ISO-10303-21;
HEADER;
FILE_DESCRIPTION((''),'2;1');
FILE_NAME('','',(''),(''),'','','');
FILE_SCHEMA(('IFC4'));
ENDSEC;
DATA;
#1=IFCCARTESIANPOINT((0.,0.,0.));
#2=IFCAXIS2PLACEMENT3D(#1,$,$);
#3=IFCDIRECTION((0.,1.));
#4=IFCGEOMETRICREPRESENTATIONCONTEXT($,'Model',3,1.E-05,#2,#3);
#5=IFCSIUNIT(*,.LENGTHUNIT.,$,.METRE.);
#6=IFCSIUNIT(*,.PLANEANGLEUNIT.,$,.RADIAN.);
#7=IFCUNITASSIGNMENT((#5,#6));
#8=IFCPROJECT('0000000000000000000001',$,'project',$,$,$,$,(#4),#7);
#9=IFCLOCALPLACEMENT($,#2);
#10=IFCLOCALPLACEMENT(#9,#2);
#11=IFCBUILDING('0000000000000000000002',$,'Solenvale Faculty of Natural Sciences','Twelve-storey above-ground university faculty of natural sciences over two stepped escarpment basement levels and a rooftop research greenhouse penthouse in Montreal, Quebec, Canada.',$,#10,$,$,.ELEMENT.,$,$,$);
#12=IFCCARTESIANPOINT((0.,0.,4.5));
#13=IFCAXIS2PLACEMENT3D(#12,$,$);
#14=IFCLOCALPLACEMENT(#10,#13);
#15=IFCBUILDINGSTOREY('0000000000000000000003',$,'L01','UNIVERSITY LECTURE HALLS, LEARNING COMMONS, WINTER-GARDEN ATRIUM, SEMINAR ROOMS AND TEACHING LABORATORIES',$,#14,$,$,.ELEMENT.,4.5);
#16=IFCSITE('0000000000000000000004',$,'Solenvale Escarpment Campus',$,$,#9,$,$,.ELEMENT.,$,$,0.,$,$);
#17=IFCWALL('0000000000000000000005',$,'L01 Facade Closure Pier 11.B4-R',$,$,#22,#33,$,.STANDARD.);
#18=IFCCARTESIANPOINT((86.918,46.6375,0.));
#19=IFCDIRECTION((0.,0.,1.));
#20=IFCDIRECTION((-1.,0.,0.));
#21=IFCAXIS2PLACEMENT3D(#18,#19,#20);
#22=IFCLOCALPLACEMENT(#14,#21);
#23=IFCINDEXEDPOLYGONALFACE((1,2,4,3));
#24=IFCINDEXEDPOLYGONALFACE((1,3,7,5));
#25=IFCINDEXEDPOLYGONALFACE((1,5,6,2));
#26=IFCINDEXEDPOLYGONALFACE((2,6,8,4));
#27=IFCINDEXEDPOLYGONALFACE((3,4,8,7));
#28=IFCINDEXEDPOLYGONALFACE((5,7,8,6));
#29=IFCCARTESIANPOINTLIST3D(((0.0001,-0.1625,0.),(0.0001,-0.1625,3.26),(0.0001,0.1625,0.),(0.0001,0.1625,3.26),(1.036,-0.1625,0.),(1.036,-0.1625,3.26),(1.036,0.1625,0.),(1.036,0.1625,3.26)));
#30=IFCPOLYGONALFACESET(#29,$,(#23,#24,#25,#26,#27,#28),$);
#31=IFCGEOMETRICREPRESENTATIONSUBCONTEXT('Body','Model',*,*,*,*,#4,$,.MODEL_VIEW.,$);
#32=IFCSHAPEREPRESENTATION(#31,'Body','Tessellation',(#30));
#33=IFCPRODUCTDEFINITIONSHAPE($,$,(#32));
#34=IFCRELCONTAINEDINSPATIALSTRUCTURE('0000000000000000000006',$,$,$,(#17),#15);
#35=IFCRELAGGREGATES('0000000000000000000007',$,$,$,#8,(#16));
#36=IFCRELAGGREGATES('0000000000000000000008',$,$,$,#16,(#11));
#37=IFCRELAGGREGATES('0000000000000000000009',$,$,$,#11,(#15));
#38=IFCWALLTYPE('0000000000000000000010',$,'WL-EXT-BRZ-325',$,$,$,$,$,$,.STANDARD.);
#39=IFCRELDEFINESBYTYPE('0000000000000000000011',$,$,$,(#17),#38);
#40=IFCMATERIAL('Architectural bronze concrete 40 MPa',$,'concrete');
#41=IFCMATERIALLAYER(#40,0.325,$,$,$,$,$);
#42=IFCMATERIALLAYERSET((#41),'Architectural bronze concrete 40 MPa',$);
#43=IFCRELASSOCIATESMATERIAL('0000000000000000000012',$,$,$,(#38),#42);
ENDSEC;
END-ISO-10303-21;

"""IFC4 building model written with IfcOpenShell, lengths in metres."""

from ifc_helpers import new_model, si_unit, direction, frame, frame_2d, origin, place, context, subcontext, project, spatial, rectangle, extrude, material, layer, layer_set, type_object, element, save


model = new_model("IFC4")

# Units and contexts
model_context = context("Model", 3, precision=1e-05, world=origin(), true_north=direction((0.0, 1.0)))
body_context = subcontext(model_context, "Body", "Model", "MODEL_VIEW")
ifc_project = project(units=[si_unit("LENGTHUNIT", "METRE"), si_unit("PLANEANGLEUNIT", "RADIAN")], contexts=[model_context])

# Site, building, storey
site_placement = place(None, origin())
site = spatial("IfcSite", under=ifc_project, at=site_placement, Name="Solenvale Escarpment Campus", CompositionType="ELEMENT", RefElevation=0.0)
building_placement = place(site_placement, origin())
building = spatial("IfcBuilding", under=site, at=building_placement, Name="Solenvale Faculty of Natural Sciences", Description="Twelve-storey above-ground university faculty of natural sciences over two stepped escarpment basement levels and a rooftop research greenhouse penthouse in Montreal, Quebec, Canada.", CompositionType="ELEMENT")
storey_placement = place(building_placement, frame((0.0, 0.0, 4.5)))
storey = spatial("IfcBuildingStorey", under=building, at=storey_placement, Name="L01", Description="UNIVERSITY LECTURE HALLS, LEARNING COMMONS, WINTER-GARDEN ATRIUM, SEMINAR ROOMS AND TEACHING LABORATORIES", CompositionType="ELEMENT", Elevation=4.5)

# Wall
ifc_material_1 = material(Name="Architectural bronze concrete 40 MPa", Category="concrete")
ifc_layer_1 = layer(ifc_material_1, 0.325)
ifc_layer_set_1 = layer_set([ifc_layer_1], Name="Architectural bronze concrete 40 MPa")
wall_type = type_object("IfcWallType", Name="WL-EXT-BRZ-325", PredefinedType="STANDARD", material=ifc_layer_set_1)
wall_placement = place(storey_placement, frame((86.918, 46.6375, 0.0), z_axis=(0.0, 0.0, 1.0), x_axis=(-1.0, 0.0, 0.0)))
element("IfcWall", 1, at=wall_placement, inside=storey, type_object=wall_type, Name="L01 Facade Closure Pier 11.B4-R", PredefinedType="STANDARD", context=body_context, shape_type="SweptSolid", body=[
    extrude(rectangle(XDim=1.0359, YDim=0.325, at=frame_2d((0.5181, 0.0))), origin(), (0.0, 0.0, 1.0), 3.26),
])

save(model, "model.ifc")
